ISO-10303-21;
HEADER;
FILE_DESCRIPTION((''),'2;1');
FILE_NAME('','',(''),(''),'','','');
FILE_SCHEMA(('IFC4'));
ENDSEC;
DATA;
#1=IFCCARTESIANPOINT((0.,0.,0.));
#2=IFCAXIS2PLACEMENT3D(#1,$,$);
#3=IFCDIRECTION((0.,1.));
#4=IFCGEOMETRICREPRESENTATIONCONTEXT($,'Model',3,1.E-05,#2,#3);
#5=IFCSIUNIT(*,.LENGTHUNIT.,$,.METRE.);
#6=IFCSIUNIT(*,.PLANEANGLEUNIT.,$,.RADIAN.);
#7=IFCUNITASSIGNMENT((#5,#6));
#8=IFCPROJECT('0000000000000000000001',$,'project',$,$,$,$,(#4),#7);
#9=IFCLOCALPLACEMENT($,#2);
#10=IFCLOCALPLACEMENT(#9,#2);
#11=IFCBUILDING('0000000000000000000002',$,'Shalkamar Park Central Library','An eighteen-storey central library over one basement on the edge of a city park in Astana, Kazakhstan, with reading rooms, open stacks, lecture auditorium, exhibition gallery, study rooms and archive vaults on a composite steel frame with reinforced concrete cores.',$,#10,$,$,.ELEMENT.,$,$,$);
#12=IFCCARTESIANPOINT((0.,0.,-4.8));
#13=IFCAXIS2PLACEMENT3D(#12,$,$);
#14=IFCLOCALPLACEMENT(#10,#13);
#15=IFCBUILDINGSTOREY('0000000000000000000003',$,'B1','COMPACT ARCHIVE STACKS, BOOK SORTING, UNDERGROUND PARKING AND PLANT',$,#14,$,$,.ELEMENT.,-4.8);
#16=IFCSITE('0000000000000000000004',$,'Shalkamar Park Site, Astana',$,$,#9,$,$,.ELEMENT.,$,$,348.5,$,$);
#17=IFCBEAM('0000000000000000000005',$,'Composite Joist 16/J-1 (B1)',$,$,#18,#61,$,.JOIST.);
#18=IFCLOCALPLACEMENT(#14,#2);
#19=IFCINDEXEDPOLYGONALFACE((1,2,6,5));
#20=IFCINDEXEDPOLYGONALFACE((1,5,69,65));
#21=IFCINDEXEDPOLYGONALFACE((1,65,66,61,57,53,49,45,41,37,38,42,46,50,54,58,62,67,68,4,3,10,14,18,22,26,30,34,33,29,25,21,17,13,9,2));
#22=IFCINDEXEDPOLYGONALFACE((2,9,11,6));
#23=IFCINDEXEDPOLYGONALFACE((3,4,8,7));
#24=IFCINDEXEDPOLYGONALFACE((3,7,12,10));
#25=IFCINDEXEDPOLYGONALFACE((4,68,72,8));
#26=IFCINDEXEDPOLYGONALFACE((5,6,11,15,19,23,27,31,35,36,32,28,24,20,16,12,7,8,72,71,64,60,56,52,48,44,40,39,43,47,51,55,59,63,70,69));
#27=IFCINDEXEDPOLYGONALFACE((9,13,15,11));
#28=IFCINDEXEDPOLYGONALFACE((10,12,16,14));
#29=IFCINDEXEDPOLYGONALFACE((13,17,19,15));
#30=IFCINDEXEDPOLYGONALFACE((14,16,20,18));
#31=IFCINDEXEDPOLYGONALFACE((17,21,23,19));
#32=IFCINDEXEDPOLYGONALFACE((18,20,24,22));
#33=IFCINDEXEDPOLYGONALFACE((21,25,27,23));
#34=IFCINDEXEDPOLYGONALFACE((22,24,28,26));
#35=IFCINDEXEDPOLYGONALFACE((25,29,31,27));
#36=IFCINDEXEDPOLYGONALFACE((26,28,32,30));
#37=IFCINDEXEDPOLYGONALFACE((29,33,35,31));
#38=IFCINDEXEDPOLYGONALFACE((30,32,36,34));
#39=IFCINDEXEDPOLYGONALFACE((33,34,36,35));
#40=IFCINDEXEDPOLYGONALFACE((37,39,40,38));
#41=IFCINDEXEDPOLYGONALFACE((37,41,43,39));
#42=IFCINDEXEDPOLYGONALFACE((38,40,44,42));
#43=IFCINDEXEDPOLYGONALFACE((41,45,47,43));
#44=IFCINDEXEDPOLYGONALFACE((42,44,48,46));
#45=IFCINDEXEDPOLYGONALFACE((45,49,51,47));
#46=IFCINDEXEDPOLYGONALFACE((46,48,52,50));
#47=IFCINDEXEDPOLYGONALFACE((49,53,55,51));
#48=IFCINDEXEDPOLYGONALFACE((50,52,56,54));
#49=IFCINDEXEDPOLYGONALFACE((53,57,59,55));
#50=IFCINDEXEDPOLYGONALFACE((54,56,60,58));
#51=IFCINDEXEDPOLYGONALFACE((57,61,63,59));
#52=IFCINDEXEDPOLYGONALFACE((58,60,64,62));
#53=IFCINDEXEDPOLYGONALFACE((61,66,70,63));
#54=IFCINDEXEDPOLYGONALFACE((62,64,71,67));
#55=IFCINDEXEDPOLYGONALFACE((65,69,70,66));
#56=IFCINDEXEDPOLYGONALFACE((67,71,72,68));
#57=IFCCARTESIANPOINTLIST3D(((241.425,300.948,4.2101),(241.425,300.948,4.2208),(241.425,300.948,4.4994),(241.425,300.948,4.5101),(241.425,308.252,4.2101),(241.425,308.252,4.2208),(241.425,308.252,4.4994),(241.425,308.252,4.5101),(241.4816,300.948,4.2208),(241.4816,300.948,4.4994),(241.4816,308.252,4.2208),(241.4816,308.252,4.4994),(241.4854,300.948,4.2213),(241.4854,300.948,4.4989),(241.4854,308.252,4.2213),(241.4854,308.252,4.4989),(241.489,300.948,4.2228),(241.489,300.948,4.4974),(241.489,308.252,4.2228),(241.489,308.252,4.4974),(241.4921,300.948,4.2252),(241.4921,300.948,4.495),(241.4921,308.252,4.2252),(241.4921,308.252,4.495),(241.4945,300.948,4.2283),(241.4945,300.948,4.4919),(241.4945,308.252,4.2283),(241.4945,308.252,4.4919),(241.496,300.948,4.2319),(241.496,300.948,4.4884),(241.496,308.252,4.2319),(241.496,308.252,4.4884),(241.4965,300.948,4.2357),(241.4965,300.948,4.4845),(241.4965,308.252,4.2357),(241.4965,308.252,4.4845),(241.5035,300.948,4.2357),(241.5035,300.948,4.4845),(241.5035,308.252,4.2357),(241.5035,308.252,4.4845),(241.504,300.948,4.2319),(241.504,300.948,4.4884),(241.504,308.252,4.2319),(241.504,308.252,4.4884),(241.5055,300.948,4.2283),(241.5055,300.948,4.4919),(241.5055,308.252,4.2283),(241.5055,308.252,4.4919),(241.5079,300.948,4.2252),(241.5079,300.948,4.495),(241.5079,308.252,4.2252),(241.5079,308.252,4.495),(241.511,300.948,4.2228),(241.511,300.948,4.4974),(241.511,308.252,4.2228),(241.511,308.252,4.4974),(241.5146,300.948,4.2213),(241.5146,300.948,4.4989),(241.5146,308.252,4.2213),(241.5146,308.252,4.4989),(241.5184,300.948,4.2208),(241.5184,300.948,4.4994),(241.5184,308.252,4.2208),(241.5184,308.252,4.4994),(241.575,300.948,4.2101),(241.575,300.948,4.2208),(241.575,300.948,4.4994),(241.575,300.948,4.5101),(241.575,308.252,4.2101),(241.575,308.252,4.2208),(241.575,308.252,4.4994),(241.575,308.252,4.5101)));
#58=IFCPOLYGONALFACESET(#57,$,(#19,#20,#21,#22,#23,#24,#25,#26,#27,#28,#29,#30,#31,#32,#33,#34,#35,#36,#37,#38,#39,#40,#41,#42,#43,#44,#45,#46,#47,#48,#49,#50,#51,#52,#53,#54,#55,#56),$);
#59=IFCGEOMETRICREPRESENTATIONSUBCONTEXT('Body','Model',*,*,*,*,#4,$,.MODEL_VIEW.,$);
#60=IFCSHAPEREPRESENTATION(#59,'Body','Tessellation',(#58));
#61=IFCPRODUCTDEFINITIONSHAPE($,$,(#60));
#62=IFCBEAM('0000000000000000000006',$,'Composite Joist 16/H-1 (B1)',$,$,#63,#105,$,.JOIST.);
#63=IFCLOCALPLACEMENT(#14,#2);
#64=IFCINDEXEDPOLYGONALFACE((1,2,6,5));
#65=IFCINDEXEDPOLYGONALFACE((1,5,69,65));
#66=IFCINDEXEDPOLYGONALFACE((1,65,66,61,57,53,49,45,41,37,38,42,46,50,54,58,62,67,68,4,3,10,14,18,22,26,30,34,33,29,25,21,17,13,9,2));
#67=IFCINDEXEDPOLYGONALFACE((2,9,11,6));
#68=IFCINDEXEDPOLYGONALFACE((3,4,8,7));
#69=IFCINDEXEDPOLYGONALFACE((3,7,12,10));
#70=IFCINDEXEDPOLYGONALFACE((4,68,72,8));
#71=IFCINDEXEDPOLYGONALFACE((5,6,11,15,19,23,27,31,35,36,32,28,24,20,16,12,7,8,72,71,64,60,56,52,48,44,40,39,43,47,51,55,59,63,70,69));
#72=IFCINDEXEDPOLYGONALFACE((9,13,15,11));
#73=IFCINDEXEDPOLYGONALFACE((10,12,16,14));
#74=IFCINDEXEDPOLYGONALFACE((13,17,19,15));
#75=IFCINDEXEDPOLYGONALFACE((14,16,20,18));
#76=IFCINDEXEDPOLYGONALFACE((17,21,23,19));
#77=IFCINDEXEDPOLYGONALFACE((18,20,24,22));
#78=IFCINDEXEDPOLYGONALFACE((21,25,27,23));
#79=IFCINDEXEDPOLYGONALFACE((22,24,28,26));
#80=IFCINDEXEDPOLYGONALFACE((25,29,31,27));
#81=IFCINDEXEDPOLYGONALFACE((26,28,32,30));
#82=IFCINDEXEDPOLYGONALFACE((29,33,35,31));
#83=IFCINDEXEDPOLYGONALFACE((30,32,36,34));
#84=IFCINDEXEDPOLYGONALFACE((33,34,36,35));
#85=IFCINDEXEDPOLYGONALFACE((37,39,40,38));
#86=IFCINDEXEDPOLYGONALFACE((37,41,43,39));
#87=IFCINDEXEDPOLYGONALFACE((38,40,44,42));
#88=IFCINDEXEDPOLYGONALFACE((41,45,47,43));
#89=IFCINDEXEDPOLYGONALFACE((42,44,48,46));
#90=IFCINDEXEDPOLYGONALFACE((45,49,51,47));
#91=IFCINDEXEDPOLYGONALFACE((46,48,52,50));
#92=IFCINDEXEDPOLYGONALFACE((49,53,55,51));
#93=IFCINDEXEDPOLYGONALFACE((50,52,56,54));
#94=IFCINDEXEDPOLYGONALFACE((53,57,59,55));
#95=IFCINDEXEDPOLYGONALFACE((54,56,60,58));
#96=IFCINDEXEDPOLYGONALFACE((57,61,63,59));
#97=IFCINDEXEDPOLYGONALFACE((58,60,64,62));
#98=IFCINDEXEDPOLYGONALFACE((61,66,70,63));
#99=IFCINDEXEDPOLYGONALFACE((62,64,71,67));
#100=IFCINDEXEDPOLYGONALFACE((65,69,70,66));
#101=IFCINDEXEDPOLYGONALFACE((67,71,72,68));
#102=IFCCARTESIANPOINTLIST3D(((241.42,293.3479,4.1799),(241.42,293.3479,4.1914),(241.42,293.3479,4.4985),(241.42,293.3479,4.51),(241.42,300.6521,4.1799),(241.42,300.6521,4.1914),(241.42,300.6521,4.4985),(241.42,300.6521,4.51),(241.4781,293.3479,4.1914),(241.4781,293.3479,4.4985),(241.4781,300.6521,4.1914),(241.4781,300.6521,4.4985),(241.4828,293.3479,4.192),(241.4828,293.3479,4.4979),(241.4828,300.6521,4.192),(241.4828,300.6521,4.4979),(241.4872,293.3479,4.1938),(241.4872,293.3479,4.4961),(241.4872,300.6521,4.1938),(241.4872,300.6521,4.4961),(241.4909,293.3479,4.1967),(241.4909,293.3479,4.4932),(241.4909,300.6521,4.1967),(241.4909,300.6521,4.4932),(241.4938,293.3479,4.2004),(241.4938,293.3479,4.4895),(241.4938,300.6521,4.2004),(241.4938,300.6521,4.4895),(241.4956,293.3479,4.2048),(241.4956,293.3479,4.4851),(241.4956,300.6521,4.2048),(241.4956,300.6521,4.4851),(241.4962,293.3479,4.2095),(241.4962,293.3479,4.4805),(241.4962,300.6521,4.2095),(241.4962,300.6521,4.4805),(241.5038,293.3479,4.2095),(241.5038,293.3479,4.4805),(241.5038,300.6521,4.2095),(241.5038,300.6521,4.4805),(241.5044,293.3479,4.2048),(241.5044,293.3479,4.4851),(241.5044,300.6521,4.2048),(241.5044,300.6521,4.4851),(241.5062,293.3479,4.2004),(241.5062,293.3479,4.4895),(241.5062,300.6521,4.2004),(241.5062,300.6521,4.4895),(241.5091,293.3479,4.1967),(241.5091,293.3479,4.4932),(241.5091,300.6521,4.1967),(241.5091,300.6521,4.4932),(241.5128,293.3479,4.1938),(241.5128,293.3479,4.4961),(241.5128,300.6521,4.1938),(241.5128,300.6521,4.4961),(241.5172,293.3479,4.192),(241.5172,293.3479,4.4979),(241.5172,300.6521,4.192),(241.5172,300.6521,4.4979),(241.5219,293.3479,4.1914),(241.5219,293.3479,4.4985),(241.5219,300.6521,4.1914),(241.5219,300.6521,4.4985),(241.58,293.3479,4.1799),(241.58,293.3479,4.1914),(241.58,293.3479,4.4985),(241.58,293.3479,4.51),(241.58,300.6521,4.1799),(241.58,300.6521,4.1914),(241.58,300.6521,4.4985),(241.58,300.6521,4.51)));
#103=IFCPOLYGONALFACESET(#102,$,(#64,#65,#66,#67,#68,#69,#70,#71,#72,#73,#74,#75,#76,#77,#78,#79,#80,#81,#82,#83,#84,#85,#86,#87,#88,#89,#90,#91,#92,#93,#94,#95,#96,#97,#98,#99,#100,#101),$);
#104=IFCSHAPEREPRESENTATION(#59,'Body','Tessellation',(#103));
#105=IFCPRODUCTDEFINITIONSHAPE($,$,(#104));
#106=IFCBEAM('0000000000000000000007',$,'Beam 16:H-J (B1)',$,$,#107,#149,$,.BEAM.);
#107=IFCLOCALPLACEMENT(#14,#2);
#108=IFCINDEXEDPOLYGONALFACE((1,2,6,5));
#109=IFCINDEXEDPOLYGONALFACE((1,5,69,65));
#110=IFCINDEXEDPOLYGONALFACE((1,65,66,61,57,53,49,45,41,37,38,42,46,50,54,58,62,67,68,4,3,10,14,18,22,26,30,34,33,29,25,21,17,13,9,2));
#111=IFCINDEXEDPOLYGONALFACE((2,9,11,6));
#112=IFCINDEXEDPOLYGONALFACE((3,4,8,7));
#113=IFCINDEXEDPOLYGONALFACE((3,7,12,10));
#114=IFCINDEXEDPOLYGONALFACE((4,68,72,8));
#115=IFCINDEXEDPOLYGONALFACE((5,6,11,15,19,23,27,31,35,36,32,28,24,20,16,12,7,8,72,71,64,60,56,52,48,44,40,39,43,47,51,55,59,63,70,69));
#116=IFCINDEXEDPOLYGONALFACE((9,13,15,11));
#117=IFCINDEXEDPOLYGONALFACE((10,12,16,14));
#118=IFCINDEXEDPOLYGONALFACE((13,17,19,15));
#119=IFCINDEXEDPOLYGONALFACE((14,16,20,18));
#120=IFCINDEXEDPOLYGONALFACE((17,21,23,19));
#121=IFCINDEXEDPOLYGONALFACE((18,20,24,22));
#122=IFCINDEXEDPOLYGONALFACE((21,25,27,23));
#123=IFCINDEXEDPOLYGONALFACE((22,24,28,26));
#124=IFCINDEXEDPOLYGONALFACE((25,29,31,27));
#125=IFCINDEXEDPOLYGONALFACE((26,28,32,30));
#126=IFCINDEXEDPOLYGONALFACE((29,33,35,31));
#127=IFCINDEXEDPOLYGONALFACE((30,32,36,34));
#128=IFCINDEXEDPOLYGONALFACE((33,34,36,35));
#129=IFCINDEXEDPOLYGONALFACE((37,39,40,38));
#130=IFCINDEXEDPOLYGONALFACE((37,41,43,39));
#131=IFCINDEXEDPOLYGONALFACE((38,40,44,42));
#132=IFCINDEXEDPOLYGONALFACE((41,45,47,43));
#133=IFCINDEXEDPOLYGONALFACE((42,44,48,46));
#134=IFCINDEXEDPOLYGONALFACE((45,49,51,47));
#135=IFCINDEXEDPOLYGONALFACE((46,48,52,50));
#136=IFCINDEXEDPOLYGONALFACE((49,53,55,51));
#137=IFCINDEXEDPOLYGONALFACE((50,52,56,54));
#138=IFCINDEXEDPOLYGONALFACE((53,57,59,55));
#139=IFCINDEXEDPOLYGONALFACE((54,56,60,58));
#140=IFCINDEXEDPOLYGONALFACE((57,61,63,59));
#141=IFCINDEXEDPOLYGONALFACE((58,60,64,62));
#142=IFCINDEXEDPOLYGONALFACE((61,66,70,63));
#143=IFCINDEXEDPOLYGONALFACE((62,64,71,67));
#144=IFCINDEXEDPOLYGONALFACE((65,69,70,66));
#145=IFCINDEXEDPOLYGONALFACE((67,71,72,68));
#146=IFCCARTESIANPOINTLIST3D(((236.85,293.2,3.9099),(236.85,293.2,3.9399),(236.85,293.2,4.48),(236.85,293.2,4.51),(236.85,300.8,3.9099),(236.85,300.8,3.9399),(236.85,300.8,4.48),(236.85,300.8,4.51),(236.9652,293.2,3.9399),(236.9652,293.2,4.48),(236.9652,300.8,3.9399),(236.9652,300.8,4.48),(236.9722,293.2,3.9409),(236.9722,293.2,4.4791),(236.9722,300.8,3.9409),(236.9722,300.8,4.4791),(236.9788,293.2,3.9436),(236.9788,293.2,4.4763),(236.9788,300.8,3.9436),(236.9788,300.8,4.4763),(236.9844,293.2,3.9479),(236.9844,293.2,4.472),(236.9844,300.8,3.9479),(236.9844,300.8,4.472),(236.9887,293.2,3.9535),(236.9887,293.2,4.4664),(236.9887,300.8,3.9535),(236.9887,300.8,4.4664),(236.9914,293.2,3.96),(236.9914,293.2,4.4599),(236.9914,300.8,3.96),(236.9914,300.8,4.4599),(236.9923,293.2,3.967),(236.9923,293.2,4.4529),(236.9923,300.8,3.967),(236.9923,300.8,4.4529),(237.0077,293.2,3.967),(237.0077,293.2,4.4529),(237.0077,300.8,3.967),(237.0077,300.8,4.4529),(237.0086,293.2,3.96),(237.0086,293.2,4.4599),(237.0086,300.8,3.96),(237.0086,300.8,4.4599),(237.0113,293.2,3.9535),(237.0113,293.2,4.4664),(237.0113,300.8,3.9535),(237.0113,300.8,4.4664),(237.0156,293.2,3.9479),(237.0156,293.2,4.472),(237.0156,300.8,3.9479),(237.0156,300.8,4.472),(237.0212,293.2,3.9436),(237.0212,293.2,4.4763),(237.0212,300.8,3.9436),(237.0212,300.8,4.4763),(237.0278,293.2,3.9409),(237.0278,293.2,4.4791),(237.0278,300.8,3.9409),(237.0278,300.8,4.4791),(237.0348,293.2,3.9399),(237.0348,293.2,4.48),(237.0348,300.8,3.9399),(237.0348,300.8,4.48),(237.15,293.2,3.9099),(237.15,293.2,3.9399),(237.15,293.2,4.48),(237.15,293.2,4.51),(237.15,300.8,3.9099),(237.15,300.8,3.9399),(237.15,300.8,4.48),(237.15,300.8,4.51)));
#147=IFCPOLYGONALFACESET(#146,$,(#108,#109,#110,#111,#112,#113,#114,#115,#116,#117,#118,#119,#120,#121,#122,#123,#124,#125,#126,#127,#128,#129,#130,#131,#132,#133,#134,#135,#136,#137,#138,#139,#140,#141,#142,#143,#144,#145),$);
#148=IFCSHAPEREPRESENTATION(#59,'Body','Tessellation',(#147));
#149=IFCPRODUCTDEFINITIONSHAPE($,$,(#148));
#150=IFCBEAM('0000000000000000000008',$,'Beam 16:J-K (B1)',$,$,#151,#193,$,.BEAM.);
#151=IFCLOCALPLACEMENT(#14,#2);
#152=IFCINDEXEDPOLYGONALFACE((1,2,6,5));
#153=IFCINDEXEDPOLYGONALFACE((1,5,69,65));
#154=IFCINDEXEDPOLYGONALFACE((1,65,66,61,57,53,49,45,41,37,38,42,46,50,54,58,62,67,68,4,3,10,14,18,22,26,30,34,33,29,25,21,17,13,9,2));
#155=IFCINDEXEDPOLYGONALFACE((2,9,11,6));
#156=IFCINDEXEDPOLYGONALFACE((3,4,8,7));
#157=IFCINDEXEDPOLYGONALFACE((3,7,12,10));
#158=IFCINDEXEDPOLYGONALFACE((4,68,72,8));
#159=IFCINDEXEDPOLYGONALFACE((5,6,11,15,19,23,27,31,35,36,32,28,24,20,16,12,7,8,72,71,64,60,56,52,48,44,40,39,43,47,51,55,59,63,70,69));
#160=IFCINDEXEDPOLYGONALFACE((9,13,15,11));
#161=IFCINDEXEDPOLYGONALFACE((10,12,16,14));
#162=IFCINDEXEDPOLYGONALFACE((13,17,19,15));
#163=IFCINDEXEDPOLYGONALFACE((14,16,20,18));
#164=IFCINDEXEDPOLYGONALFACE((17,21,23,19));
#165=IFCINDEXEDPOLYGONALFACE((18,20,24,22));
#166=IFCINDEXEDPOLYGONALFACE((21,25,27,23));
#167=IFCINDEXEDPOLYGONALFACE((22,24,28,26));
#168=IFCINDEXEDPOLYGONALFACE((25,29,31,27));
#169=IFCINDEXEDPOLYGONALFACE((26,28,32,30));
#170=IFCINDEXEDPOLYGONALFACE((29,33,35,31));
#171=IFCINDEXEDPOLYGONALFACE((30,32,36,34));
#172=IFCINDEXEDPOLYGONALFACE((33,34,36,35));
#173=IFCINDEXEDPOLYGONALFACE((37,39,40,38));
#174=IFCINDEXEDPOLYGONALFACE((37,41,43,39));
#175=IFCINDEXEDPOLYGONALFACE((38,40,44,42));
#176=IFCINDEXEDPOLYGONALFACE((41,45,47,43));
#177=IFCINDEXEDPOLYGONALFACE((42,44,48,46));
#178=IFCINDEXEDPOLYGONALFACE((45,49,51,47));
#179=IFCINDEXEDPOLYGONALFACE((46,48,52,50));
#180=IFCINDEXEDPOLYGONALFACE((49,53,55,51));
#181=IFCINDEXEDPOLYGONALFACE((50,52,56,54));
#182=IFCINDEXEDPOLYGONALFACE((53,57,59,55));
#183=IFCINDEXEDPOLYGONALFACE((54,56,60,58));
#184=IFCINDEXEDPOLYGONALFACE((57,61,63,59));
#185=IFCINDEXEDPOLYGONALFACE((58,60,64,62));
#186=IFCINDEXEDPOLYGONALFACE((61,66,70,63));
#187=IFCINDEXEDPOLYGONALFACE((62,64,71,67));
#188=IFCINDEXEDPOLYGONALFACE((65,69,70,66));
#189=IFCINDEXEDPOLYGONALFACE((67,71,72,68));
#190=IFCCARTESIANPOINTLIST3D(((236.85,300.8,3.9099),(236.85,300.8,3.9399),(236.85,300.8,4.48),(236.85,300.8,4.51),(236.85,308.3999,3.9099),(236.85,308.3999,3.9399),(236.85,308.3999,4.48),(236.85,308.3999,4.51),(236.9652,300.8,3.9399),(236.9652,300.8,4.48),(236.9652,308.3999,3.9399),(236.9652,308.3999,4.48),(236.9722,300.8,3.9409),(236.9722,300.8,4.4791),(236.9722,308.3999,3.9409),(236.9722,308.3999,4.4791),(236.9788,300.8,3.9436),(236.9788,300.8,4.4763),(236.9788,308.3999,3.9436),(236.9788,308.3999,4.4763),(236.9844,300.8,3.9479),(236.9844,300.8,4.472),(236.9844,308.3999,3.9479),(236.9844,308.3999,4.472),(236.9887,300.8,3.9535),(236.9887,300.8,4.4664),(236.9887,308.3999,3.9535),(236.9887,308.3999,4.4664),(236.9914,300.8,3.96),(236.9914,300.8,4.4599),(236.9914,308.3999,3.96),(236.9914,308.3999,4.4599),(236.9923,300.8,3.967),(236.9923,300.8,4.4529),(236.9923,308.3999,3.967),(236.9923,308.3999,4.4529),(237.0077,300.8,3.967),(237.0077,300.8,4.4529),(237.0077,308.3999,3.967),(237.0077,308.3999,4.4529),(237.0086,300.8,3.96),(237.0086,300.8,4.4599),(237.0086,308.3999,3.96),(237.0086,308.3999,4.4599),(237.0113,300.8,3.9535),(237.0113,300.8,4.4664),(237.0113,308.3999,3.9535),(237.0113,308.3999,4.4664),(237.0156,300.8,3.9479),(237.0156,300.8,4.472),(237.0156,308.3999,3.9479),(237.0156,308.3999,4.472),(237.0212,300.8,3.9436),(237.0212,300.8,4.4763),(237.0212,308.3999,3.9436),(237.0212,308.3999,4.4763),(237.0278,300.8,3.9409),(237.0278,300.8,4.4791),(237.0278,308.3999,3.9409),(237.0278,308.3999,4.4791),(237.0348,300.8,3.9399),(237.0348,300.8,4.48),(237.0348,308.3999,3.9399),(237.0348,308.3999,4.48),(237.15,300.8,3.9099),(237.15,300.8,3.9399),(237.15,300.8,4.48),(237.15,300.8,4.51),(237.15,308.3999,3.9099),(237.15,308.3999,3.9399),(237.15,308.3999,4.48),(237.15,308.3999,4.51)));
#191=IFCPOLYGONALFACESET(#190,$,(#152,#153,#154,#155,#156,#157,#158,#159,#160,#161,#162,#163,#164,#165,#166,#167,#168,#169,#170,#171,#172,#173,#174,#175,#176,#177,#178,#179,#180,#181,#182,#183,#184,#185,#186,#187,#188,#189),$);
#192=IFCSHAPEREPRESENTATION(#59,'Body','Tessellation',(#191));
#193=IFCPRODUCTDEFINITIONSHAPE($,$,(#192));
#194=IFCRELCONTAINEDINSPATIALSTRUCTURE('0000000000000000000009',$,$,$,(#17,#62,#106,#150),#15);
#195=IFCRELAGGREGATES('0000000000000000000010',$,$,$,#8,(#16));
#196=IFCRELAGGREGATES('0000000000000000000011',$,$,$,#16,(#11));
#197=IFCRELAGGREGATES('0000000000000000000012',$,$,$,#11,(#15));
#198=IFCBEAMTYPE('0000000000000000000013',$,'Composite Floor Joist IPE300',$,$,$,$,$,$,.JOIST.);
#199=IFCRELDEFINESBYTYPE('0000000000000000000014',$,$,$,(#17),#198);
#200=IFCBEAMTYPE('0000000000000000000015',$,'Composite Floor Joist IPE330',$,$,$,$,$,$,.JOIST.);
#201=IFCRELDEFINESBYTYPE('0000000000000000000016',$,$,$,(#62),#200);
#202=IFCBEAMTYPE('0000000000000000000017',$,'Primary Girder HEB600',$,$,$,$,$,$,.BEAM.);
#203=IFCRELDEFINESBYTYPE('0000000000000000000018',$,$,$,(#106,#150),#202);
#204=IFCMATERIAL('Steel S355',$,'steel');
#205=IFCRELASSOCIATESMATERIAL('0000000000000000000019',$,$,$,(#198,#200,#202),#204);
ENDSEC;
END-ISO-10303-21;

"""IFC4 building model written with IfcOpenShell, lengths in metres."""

from ifc_helpers import new_model, si_unit, direction, frame, origin, origin_2d, place, context, subcontext, project, spatial, i_section, extrude, material, material_profile, profile_set, type_object, element, save


model = new_model("IFC4")

# Units and contexts
model_context = context("Model", 3, precision=1e-05, world=origin(), true_north=direction((0.0, 1.0)))
body_context = subcontext(model_context, "Body", "Model", "MODEL_VIEW")
ifc_project = project(units=[si_unit("LENGTHUNIT", "METRE"), si_unit("PLANEANGLEUNIT", "RADIAN")], contexts=[model_context])

# Site, building, storey
site_placement = place(None, origin())
site = spatial("IfcSite", under=ifc_project, at=site_placement, Name="Shalkamar Park Site, Astana", CompositionType="ELEMENT", RefElevation=348.5)
building_placement = place(site_placement, origin())
building = spatial("IfcBuilding", under=site, at=building_placement, Name="Shalkamar Park Central Library", Description="An eighteen-storey central library over one basement on the edge of a city park in Astana, Kazakhstan, with reading rooms, open stacks, lecture auditorium, exhibition gallery, study rooms and archive vaults on a composite steel frame with reinforced concrete cores.", CompositionType="ELEMENT")
storey_placement = place(building_placement, frame((0.0, 0.0, -4.8)))
storey = spatial("IfcBuildingStorey", under=building, at=storey_placement, Name="B1", Description="COMPACT ARCHIVE STACKS, BOOK SORTING, UNDERGROUND PARKING AND PLANT", CompositionType="ELEMENT", Elevation=-4.8)

# Shared definitions
ifc_material_1 = material(Name="Steel S355", Category="steel")

# Beams
ifc_material_profile_1 = material_profile(ifc_material_1, i_section(OverallWidth=0.1499, OverallDepth=0.3, WebThickness=0.0071, FlangeThickness=0.0107, FilletRadius=0.0149, at=origin_2d()), Name="IPE 300")
ifc_profile_set_1 = profile_set([ifc_material_profile_1], Name="Steel S355")
beam_type_1 = type_object("IfcBeamType", Name="Composite Floor Joist IPE300", PredefinedType="JOIST", material=ifc_profile_set_1)
beam_1_placement = place(storey_placement, frame((241.5, 300.948, 4.3601), z_axis=(0.0, 1.0, 0.0), x_axis=(-1.0, 0.0, 0.0)))
element("IfcBeam", 1, at=beam_1_placement, inside=storey, type_object=beam_type_1, Name="Composite Joist 16/J-1 (B1)", PredefinedType="JOIST", context=body_context, shape_type="SweptSolid", body=[
    extrude(i_section(OverallWidth=0.1499, OverallDepth=0.3, WebThickness=0.0071, FlangeThickness=0.0107, FilletRadius=0.0149, at=origin_2d()), origin(), (0.0, 0.0, 1.0), 7.304),
])
ifc_material_profile_2 = material_profile(ifc_material_1, i_section(OverallWidth=0.1599, OverallDepth=0.3301, WebThickness=0.0076, FlangeThickness=0.0115, FilletRadius=0.0181, at=origin_2d()), Name="IPE 330")
ifc_profile_set_2 = profile_set([ifc_material_profile_2], Name="Steel S355")
beam_type_2 = type_object("IfcBeamType", Name="Composite Floor Joist IPE330", PredefinedType="JOIST", material=ifc_profile_set_2)
beam_2_placement = place(storey_placement, frame((241.5, 293.3479, 4.345), z_axis=(0.0, 1.0, 0.0), x_axis=(-1.0, 0.0, 0.0)))
element("IfcBeam", 2, at=beam_2_placement, inside=storey, type_object=beam_type_2, Name="Composite Joist 16/H-1 (B1)", PredefinedType="JOIST", context=body_context, shape_type="SweptSolid", body=[
    extrude(i_section(OverallWidth=0.1599, OverallDepth=0.3301, WebThickness=0.0076, FlangeThickness=0.0115, FilletRadius=0.0181, at=origin_2d()), origin(), (0.0, 0.0, 1.0), 7.3042),
])
ifc_material_profile_3 = material_profile(ifc_material_1, i_section(OverallWidth=0.3, OverallDepth=0.6001, WebThickness=0.0154, FlangeThickness=0.03, FilletRadius=0.0271, at=origin_2d()), Name="HEB 600")
ifc_profile_set_3 = profile_set([ifc_material_profile_3], Name="Steel S355")
beam_type_3 = type_object("IfcBeamType", Name="Primary Girder HEB600", PredefinedType="BEAM", material=ifc_profile_set_3)
beam_3_placement = place(storey_placement, frame((237.0, 293.2, 4.21), z_axis=(0.0, 1.0, 0.0), x_axis=(-1.0, 0.0, 0.0)))
element("IfcBeam", 3, at=beam_3_placement, inside=storey, type_object=beam_type_3, Name="Beam 16:H-J (B1)", PredefinedType="BEAM", context=body_context, shape_type="SweptSolid", body=[
    extrude(i_section(OverallWidth=0.3, OverallDepth=0.6001, WebThickness=0.0154, FlangeThickness=0.03, FilletRadius=0.0271, at=origin_2d()), origin(), (0.0, 0.0, 1.0), 7.6001),
])
beam_4_placement = place(storey_placement, frame((237.0, 300.8, 4.21), z_axis=(0.0, 1.0, 0.0), x_axis=(-1.0, 0.0, 0.0)))
element("IfcBeam", 4, at=beam_4_placement, inside=storey, type_object=beam_type_3, Name="Beam 16:J-K (B1)", PredefinedType="BEAM", context=body_context, shape_type="SweptSolid", body=[
    extrude(i_section(OverallWidth=0.3, OverallDepth=0.6001, WebThickness=0.0154, FlangeThickness=0.03, FilletRadius=0.0271, at=origin_2d()), origin(), (0.0, 0.0, 1.0), 7.5999),
])

save(model, "model.ifc")
